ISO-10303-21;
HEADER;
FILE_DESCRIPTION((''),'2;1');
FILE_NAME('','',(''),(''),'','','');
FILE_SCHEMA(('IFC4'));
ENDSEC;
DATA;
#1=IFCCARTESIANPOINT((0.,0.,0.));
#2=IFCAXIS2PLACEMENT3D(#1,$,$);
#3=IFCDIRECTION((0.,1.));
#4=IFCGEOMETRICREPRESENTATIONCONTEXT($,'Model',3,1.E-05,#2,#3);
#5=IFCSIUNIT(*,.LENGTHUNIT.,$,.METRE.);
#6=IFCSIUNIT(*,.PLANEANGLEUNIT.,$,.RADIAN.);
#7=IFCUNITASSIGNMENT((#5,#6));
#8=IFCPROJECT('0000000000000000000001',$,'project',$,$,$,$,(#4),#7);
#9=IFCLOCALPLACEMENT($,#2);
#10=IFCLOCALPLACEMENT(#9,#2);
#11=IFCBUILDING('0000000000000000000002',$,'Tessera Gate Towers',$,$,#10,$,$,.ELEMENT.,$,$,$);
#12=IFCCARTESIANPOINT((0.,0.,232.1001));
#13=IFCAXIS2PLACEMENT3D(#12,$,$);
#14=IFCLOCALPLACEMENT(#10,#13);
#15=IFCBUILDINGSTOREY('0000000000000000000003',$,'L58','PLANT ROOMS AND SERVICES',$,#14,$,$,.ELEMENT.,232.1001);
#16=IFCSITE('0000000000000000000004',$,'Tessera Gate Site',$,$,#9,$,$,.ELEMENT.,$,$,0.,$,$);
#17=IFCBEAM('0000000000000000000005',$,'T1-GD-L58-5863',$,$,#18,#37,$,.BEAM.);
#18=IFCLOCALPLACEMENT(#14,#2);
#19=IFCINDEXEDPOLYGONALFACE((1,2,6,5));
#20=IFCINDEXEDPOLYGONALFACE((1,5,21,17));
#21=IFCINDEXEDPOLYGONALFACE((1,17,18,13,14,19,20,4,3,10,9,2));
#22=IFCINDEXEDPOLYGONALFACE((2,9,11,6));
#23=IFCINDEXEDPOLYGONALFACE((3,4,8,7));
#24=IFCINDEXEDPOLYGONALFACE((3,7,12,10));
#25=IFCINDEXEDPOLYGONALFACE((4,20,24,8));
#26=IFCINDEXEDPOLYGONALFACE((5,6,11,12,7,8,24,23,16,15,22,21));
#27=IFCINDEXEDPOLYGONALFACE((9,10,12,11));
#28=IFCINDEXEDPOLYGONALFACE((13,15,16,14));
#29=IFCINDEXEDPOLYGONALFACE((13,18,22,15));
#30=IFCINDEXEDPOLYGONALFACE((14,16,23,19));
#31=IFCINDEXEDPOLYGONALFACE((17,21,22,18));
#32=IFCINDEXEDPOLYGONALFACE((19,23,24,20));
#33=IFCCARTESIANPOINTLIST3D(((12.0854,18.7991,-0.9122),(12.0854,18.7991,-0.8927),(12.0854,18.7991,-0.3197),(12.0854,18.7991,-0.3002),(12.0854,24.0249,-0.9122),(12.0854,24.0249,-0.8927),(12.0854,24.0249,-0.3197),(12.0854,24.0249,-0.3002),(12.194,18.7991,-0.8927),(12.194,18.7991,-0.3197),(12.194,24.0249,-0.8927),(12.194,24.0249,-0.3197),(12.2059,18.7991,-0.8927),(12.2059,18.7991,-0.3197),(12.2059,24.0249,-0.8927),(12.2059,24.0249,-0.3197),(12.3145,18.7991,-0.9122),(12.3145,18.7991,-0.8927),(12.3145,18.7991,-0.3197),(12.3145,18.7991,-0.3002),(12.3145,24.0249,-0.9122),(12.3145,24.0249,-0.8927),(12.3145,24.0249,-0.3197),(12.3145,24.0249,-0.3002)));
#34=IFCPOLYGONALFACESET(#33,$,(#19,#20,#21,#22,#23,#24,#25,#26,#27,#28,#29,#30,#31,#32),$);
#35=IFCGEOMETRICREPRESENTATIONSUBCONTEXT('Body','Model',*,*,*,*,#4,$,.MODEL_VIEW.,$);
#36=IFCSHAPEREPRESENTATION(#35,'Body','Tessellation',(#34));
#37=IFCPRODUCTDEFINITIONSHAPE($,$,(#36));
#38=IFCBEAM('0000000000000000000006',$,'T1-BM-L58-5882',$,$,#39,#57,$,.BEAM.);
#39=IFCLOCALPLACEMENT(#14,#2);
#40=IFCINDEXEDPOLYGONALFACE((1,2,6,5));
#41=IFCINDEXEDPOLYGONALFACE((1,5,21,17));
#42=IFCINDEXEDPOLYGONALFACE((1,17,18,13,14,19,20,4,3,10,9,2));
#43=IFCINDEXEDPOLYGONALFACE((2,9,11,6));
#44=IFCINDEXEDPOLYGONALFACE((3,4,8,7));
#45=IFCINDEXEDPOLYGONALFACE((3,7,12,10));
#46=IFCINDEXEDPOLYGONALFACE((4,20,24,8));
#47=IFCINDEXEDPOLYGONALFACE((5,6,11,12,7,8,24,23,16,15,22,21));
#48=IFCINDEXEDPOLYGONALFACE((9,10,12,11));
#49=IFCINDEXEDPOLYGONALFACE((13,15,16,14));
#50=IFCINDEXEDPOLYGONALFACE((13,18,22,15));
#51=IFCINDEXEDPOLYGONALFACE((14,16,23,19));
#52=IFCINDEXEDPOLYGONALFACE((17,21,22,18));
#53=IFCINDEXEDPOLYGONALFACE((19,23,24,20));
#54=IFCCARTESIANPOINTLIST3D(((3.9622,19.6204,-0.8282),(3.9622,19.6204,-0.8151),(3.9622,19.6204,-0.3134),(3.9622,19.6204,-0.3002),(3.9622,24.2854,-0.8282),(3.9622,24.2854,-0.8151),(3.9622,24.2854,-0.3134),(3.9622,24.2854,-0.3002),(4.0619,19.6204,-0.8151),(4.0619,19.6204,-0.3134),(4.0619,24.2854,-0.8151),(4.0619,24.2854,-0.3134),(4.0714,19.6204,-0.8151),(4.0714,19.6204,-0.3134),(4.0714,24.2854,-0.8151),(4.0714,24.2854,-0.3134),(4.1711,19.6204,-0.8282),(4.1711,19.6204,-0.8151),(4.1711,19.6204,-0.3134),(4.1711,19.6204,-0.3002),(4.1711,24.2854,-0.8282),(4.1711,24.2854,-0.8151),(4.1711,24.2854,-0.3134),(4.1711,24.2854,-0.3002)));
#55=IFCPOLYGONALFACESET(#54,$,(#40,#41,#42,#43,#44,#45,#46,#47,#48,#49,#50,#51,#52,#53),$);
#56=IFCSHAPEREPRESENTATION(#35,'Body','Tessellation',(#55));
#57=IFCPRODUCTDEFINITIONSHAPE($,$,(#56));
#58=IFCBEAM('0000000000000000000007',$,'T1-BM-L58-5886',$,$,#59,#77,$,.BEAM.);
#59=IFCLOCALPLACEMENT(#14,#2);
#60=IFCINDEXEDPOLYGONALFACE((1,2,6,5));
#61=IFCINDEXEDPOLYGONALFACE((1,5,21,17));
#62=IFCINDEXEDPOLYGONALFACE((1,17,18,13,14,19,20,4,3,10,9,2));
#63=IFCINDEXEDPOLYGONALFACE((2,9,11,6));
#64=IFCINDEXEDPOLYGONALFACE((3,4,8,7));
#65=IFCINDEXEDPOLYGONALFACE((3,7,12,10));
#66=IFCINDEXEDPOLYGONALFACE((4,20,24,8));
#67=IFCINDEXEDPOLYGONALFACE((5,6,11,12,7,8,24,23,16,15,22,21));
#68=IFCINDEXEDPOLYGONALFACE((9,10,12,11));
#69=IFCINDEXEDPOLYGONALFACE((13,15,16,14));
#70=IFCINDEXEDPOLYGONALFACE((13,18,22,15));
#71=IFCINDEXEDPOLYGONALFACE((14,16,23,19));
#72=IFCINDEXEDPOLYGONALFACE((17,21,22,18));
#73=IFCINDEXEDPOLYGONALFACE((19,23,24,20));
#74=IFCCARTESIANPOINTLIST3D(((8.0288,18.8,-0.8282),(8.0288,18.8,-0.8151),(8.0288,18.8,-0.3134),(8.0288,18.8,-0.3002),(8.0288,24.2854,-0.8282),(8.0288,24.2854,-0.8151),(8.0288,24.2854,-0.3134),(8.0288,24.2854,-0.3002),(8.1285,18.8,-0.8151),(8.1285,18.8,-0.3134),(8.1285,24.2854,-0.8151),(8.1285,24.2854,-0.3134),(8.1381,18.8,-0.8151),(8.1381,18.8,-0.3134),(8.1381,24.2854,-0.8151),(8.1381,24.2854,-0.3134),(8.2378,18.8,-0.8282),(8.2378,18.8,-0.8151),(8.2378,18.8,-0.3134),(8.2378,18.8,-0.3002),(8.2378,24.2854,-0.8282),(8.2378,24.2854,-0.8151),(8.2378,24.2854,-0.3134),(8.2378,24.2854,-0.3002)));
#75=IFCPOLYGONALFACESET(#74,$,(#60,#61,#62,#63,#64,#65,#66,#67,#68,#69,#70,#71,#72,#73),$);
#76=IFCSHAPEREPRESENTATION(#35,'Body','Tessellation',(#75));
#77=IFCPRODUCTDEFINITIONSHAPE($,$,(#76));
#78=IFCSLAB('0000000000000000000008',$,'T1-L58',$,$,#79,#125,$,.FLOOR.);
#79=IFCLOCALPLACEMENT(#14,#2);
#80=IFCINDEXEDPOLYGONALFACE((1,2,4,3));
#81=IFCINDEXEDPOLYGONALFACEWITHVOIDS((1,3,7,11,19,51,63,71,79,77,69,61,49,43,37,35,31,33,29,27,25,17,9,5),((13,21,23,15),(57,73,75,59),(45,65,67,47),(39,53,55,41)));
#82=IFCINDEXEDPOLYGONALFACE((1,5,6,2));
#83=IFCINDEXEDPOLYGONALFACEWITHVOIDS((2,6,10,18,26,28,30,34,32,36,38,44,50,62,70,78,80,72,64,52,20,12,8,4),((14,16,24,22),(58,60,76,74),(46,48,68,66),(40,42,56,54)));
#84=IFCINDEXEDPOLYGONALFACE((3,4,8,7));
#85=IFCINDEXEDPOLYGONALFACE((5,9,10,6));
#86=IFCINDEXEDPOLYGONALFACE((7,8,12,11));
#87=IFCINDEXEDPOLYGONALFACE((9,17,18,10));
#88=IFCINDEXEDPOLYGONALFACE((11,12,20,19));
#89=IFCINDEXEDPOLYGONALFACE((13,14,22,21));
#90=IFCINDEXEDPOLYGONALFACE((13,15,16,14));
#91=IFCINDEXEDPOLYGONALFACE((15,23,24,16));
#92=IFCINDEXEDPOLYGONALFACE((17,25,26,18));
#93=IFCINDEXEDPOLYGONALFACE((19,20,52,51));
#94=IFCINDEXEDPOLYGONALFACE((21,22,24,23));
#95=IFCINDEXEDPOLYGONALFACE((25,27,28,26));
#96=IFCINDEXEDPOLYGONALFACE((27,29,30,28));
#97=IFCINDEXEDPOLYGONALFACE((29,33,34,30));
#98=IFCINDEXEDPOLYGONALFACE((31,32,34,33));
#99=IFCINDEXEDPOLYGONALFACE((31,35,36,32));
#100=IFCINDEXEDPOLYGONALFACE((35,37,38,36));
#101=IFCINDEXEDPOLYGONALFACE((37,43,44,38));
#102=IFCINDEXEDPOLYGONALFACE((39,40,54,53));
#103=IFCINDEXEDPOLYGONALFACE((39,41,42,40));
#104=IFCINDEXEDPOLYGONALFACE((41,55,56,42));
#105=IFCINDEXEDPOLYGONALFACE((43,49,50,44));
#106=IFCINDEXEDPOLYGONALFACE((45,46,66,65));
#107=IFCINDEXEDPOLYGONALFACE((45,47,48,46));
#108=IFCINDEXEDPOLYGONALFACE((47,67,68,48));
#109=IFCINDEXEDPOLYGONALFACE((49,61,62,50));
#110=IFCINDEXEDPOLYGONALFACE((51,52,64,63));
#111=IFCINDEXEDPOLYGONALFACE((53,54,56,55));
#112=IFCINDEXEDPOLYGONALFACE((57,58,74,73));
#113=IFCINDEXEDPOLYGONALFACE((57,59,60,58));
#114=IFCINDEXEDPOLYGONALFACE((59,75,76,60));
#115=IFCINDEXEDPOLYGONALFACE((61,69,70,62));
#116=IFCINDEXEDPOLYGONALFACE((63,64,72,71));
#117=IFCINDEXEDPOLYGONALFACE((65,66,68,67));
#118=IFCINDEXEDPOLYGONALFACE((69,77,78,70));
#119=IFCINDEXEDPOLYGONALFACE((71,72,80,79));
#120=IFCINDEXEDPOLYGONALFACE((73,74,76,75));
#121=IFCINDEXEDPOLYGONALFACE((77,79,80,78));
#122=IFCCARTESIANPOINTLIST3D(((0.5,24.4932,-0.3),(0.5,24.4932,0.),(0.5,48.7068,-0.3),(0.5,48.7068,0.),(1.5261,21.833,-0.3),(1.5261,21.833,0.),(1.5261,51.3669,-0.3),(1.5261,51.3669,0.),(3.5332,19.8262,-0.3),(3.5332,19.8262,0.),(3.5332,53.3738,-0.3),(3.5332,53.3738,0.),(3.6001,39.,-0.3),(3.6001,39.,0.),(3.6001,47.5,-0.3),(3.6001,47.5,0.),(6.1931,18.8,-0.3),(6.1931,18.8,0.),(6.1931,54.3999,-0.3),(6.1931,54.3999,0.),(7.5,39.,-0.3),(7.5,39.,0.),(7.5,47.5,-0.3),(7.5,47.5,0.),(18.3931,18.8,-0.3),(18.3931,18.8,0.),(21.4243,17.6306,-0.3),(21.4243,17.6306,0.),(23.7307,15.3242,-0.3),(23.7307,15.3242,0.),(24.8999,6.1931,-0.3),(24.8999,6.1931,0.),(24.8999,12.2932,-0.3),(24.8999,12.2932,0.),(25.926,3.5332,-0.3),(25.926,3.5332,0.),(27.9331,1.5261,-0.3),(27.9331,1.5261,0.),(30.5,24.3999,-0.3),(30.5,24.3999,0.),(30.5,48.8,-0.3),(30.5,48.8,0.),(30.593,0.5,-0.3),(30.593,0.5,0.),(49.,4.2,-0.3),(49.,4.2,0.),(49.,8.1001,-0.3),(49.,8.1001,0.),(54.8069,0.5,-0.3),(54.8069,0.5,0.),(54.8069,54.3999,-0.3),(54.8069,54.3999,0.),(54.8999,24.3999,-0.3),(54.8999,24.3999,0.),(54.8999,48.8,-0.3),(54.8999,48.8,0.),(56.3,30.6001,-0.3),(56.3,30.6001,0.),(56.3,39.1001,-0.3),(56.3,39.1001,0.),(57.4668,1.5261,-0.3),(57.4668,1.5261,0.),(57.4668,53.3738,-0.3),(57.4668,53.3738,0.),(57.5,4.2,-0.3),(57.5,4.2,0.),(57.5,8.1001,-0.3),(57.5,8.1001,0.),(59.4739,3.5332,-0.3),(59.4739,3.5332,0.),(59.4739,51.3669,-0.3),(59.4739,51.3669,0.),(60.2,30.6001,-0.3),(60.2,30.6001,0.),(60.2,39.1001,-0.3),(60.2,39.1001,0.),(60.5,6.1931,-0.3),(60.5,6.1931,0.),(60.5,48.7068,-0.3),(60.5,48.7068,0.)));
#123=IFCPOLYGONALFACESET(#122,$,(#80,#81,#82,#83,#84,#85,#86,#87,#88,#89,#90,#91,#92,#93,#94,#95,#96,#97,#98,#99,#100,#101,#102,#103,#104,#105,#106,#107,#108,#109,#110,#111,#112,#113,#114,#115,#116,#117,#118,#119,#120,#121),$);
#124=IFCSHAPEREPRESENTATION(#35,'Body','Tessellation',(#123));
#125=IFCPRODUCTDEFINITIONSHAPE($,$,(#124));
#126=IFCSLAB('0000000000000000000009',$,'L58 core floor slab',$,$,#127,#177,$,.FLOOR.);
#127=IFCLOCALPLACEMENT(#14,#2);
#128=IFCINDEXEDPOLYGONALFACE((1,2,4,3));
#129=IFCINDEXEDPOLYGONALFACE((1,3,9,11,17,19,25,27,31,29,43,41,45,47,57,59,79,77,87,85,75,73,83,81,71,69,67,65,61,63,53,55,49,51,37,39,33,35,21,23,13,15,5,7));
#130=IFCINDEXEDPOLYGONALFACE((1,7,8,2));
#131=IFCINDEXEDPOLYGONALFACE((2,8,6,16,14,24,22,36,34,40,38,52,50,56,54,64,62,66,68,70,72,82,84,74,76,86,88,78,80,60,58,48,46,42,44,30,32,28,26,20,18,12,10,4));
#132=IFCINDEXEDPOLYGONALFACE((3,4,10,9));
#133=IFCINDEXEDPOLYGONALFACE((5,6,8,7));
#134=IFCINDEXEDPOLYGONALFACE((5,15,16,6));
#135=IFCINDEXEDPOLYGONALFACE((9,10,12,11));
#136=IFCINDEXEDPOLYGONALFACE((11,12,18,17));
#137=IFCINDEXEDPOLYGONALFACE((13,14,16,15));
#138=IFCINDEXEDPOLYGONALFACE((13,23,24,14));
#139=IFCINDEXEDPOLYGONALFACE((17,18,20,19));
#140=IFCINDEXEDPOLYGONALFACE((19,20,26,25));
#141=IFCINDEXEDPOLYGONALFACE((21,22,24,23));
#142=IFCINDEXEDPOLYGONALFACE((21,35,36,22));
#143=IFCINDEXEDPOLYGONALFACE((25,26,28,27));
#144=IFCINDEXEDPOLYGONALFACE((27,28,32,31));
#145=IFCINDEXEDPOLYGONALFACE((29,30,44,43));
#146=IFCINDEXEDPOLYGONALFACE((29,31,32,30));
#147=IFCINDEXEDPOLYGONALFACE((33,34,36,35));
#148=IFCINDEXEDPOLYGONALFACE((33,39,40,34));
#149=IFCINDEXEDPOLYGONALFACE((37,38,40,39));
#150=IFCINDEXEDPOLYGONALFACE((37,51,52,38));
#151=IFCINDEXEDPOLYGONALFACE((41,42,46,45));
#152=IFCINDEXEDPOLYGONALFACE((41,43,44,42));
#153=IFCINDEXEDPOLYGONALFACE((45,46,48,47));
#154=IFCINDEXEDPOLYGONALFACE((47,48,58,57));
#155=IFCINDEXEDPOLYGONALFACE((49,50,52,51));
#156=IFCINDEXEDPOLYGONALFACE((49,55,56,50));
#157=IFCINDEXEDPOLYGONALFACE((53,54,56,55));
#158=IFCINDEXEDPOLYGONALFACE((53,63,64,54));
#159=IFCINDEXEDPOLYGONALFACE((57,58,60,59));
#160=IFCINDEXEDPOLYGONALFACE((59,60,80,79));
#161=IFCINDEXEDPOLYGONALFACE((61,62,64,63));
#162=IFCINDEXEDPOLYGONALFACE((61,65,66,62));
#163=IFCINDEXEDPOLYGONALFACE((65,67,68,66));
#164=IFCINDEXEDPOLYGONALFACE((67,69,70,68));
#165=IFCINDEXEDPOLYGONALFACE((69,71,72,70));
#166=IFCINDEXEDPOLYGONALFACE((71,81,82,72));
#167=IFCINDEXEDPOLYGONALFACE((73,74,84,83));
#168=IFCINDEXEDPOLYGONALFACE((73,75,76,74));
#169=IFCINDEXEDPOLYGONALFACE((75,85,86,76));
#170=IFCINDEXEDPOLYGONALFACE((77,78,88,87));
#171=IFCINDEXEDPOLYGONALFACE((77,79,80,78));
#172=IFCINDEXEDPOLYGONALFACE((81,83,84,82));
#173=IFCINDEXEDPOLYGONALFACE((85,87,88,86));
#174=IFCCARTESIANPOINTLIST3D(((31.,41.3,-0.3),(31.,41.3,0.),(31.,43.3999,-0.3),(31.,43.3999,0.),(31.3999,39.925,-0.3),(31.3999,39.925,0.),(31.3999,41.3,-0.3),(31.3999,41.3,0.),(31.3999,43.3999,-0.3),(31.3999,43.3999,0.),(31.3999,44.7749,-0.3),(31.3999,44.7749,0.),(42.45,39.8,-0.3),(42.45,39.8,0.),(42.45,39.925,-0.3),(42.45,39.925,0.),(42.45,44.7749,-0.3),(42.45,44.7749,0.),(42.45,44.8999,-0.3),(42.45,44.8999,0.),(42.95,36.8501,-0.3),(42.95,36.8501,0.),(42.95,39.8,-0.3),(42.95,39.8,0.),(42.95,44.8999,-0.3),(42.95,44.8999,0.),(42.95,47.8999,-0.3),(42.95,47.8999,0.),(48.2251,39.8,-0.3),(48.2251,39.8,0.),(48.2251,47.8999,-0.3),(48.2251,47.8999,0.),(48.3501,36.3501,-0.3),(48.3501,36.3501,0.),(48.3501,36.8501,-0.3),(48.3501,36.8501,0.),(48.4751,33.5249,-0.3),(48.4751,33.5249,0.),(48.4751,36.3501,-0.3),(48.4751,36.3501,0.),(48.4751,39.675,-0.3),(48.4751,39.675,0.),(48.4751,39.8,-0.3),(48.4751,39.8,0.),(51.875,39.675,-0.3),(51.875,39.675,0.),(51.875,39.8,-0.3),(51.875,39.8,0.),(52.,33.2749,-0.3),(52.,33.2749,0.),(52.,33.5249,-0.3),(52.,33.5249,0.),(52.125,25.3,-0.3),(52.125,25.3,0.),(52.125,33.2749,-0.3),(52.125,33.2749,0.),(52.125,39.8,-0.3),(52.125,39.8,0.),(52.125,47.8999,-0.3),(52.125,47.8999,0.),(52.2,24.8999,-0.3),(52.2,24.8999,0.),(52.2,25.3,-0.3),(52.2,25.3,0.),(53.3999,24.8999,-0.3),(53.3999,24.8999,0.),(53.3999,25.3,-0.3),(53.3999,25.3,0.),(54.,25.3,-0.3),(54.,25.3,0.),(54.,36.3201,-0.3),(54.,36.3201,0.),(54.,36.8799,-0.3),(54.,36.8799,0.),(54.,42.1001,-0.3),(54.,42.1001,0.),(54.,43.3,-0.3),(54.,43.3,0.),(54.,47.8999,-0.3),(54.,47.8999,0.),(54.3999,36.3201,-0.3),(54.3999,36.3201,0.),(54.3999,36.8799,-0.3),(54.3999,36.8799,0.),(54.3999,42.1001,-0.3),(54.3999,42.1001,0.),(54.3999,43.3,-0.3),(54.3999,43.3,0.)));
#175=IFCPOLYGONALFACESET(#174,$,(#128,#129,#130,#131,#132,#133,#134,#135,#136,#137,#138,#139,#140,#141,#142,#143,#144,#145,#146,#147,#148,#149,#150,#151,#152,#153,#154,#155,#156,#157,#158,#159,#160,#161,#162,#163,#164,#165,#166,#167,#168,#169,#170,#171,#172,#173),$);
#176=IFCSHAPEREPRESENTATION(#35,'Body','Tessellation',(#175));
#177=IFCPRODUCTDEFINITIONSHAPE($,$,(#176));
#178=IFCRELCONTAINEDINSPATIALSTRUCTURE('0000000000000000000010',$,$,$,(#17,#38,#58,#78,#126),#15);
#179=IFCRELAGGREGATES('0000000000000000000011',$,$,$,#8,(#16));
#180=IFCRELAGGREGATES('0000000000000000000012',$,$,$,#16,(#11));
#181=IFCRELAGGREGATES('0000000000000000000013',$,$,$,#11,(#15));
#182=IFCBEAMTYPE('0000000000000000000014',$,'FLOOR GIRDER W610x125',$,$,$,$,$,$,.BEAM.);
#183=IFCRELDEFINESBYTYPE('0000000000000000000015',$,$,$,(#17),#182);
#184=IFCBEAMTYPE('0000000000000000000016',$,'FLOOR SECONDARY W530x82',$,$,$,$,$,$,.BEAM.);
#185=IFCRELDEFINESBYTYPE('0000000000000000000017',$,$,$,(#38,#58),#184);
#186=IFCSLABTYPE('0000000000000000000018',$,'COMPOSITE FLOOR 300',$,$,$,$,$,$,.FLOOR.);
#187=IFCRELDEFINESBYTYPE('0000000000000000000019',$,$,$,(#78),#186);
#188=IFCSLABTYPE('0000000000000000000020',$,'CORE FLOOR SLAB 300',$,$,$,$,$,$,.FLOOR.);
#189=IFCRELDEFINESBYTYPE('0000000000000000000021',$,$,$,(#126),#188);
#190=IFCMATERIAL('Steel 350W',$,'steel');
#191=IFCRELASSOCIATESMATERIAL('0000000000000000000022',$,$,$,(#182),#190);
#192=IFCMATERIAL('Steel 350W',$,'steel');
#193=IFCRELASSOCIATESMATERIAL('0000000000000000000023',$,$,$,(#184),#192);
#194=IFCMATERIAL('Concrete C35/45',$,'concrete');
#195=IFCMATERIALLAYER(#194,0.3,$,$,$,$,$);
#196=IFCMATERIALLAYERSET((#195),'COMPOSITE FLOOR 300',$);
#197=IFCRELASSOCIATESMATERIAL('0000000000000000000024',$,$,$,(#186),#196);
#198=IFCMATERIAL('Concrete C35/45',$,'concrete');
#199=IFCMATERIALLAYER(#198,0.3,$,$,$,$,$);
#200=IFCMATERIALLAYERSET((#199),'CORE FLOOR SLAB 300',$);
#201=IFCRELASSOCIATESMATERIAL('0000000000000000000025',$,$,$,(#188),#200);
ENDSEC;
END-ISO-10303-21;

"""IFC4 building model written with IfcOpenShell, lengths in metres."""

from ifc_helpers import new_model, si_unit, direction, frame, origin, origin_2d, place, context, subcontext, project, spatial, polyline, i_section, outline, extrude, material, layer, layer_set, material_profile, profile_set, type_object, element, save


model = new_model("IFC4")

# Units and contexts
model_context = context("Model", 3, precision=1e-05, world=origin(), true_north=direction((0.0, 1.0)))
body_context = subcontext(model_context, "Body", "Model", "MODEL_VIEW")
ifc_project = project(units=[si_unit("LENGTHUNIT", "METRE"), si_unit("PLANEANGLEUNIT", "RADIAN")], contexts=[model_context])

# Site, building, storey
site_placement = place(None, origin())
site = spatial("IfcSite", under=ifc_project, at=site_placement, Name="Tessera Gate Site", CompositionType="ELEMENT", RefElevation=0.0)
building_placement = place(site_placement, origin())
building = spatial("IfcBuilding", under=site, at=building_placement, Name="Tessera Gate Towers", CompositionType="ELEMENT")
storey_placement = place(building_placement, frame((0.0, 0.0, 232.1001)))
storey = spatial("IfcBuildingStorey", under=building, at=storey_placement, Name="L58", Description="PLANT ROOMS AND SERVICES", CompositionType="ELEMENT", Elevation=232.1001)

# Beams
ifc_material_1 = material(Name="Steel 350W", Category="steel")
ifc_material_profile_1 = material_profile(ifc_material_1, i_section(OverallWidth=0.229, OverallDepth=0.6121, WebThickness=0.012, FlangeThickness=0.0195, at=origin_2d()), Name="W610x125")
ifc_profile_set_1 = profile_set([ifc_material_profile_1], Name="Steel 350W")
beam_type_1 = type_object("IfcBeamType", Name="FLOOR GIRDER W610x125", PredefinedType="BEAM", material=ifc_profile_set_1)
beam_1_placement = place(storey_placement, frame((12.2, 18.7991, -0.6062), z_axis=(0.0, 1.0, 0.0), x_axis=(-1.0, 0.0, 0.0)))
element("IfcBeam", 1, at=beam_1_placement, inside=storey, type_object=beam_type_1, Name="T1-GD-L58-5863", PredefinedType="BEAM", context=body_context, shape_type="SweptSolid", body=[
    extrude(i_section(OverallWidth=0.229, OverallDepth=0.6121, WebThickness=0.012, FlangeThickness=0.0195, at=origin_2d()), origin(), (0.0, 0.0, 1.0), 5.2258),
])
ifc_material_2 = material(Name="Steel 350W", Category="steel")
ifc_material_profile_2 = material_profile(ifc_material_2, i_section(OverallWidth=0.209, OverallDepth=0.5281, WebThickness=0.0095, FlangeThickness=0.0132, at=origin_2d()), Name="W530x82")
ifc_profile_set_2 = profile_set([ifc_material_profile_2], Name="Steel 350W")
beam_type_2 = type_object("IfcBeamType", Name="FLOOR SECONDARY W530x82", PredefinedType="BEAM", material=ifc_profile_set_2)
beam_2_placement = place(storey_placement, frame((4.0667, 19.6204, -0.5642), z_axis=(0.0, 1.0, 0.0), x_axis=(-1.0, 0.0, 0.0)))
element("IfcBeam", 2, at=beam_2_placement, inside=storey, type_object=beam_type_2, Name="T1-BM-L58-5882", PredefinedType="BEAM", context=body_context, shape_type="SweptSolid", body=[
    extrude(i_section(OverallWidth=0.209, OverallDepth=0.5281, WebThickness=0.0095, FlangeThickness=0.0132, at=origin_2d()), origin(), (0.0, 0.0, 1.0), 4.665),
])
beam_3_placement = place(storey_placement, frame((8.1333, 18.8, -0.5642), z_axis=(0.0, 1.0, 0.0), x_axis=(-1.0, 0.0, 0.0)))
element("IfcBeam", 3, at=beam_3_placement, inside=storey, type_object=beam_type_2, Name="T1-BM-L58-5886", PredefinedType="BEAM", context=body_context, shape_type="SweptSolid", body=[
    extrude(i_section(OverallWidth=0.209, OverallDepth=0.5281, WebThickness=0.0095, FlangeThickness=0.0132, at=origin_2d()), origin(), (0.0, 0.0, 1.0), 5.4854),
])

# Slabs
ifc_material_3 = material(Name="Concrete C35/45", Category="concrete")
ifc_layer_1 = layer(ifc_material_3, 0.3)
ifc_layer_set_1 = layer_set([ifc_layer_1], Name="COMPOSITE FLOOR 300")
slab_type_1 = type_object("IfcSlabType", Name="COMPOSITE FLOOR 300", PredefinedType="FLOOR", material=ifc_layer_set_1)
slab_1_placement = place(storey_placement, frame((0.0, 0.0, -0.3)))
element("IfcSlab", 4, at=slab_1_placement, inside=storey, type_object=slab_type_1, Name="T1-L58", PredefinedType="FLOOR", context=body_context, shape_type="SweptSolid", body=[
    extrude(outline(polyline([(0.5, 24.4932), (1.5261, 21.833), (3.5332, 19.8262), (6.1931, 18.8), (18.3931, 18.8), (21.4243, 17.6306), (23.7307, 15.3242), (24.8999, 12.2932), (24.8999, 6.1931), (25.926, 3.5332), (27.9331, 1.5261), (30.593, 0.5), (54.8069, 0.5), (57.4668, 1.5261), (59.4739, 3.5332), (60.5, 6.1931), (60.5, 48.7068), (59.4739, 51.3669), (57.4668, 53.3738), (54.8069, 54.3999), (6.1931, 54.3999), (3.5332, 53.3738), (1.5261, 51.3669), (0.5, 48.7068), (0.5, 24.4932)]), holes=[polyline([(3.6001, 39.0), (3.6001, 47.5), (7.5, 47.5), (7.5, 39.0), (3.6001, 39.0)]), polyline([(30.5, 24.3999), (30.5, 48.8), (54.8999, 48.8), (54.8999, 24.3999), (30.5, 24.3999)]), polyline([(49.0, 4.2), (49.0, 8.1001), (57.5, 8.1001), (57.5, 4.2), (49.0, 4.2)]), polyline([(56.3, 30.6001), (56.3, 39.1001), (60.2, 39.1001), (60.2, 30.6001), (56.3, 30.6001)])]), origin(), (0.0, 0.0, 1.0), 0.3),
])
ifc_material_4 = material(Name="Concrete C35/45", Category="concrete")
ifc_layer_2 = layer(ifc_material_4, 0.3)
ifc_layer_set_2 = layer_set([ifc_layer_2], Name="CORE FLOOR SLAB 300")
slab_type_2 = type_object("IfcSlabType", Name="CORE FLOOR SLAB 300", PredefinedType="FLOOR", material=ifc_layer_set_2)
slab_2_placement = place(storey_placement, frame((0.0, 0.0, -0.3)))
element("IfcSlab", 5, at=slab_2_placement, inside=storey, type_object=slab_type_2, Name="L58 core floor slab", PredefinedType="FLOOR", context=body_context, shape_type="SweptSolid", body=[
    extrude(outline(polyline([(42.45, 44.8999), (42.45, 44.7749), (31.3999, 44.7749), (31.3999, 43.3999), (31.0, 43.3999), (31.0, 41.3), (31.3999, 41.3), (31.3999, 39.925), (42.45, 39.925), (42.45, 39.8), (42.95, 39.8), (42.95, 36.8501), (48.3501, 36.8501), (48.3501, 36.3501), (48.4751, 36.3501), (48.4751, 33.5249), (52.0, 33.5249), (52.0, 33.2749), (52.125, 33.2749), (52.125, 25.3), (52.2, 25.3), (52.2, 24.8999), (53.3999, 24.8999), (53.3999, 25.3), (54.0, 25.3), (54.0, 36.3201), (54.3999, 36.3201), (54.3999, 36.8799), (54.0, 36.8799), (54.0, 42.1001), (54.3999, 42.1001), (54.3999, 43.3), (54.0, 43.3), (54.0, 47.8999), (52.125, 47.8999), (52.125, 39.8), (51.875, 39.8), (51.875, 39.675), (48.4751, 39.675), (48.4751, 39.8), (48.2251, 39.8), (48.2251, 47.8999), (42.95, 47.8999), (42.95, 44.8999), (42.45, 44.8999)])), origin(), (0.0, 0.0, 1.0), 0.3),
])

save(model, "model.ifc")
